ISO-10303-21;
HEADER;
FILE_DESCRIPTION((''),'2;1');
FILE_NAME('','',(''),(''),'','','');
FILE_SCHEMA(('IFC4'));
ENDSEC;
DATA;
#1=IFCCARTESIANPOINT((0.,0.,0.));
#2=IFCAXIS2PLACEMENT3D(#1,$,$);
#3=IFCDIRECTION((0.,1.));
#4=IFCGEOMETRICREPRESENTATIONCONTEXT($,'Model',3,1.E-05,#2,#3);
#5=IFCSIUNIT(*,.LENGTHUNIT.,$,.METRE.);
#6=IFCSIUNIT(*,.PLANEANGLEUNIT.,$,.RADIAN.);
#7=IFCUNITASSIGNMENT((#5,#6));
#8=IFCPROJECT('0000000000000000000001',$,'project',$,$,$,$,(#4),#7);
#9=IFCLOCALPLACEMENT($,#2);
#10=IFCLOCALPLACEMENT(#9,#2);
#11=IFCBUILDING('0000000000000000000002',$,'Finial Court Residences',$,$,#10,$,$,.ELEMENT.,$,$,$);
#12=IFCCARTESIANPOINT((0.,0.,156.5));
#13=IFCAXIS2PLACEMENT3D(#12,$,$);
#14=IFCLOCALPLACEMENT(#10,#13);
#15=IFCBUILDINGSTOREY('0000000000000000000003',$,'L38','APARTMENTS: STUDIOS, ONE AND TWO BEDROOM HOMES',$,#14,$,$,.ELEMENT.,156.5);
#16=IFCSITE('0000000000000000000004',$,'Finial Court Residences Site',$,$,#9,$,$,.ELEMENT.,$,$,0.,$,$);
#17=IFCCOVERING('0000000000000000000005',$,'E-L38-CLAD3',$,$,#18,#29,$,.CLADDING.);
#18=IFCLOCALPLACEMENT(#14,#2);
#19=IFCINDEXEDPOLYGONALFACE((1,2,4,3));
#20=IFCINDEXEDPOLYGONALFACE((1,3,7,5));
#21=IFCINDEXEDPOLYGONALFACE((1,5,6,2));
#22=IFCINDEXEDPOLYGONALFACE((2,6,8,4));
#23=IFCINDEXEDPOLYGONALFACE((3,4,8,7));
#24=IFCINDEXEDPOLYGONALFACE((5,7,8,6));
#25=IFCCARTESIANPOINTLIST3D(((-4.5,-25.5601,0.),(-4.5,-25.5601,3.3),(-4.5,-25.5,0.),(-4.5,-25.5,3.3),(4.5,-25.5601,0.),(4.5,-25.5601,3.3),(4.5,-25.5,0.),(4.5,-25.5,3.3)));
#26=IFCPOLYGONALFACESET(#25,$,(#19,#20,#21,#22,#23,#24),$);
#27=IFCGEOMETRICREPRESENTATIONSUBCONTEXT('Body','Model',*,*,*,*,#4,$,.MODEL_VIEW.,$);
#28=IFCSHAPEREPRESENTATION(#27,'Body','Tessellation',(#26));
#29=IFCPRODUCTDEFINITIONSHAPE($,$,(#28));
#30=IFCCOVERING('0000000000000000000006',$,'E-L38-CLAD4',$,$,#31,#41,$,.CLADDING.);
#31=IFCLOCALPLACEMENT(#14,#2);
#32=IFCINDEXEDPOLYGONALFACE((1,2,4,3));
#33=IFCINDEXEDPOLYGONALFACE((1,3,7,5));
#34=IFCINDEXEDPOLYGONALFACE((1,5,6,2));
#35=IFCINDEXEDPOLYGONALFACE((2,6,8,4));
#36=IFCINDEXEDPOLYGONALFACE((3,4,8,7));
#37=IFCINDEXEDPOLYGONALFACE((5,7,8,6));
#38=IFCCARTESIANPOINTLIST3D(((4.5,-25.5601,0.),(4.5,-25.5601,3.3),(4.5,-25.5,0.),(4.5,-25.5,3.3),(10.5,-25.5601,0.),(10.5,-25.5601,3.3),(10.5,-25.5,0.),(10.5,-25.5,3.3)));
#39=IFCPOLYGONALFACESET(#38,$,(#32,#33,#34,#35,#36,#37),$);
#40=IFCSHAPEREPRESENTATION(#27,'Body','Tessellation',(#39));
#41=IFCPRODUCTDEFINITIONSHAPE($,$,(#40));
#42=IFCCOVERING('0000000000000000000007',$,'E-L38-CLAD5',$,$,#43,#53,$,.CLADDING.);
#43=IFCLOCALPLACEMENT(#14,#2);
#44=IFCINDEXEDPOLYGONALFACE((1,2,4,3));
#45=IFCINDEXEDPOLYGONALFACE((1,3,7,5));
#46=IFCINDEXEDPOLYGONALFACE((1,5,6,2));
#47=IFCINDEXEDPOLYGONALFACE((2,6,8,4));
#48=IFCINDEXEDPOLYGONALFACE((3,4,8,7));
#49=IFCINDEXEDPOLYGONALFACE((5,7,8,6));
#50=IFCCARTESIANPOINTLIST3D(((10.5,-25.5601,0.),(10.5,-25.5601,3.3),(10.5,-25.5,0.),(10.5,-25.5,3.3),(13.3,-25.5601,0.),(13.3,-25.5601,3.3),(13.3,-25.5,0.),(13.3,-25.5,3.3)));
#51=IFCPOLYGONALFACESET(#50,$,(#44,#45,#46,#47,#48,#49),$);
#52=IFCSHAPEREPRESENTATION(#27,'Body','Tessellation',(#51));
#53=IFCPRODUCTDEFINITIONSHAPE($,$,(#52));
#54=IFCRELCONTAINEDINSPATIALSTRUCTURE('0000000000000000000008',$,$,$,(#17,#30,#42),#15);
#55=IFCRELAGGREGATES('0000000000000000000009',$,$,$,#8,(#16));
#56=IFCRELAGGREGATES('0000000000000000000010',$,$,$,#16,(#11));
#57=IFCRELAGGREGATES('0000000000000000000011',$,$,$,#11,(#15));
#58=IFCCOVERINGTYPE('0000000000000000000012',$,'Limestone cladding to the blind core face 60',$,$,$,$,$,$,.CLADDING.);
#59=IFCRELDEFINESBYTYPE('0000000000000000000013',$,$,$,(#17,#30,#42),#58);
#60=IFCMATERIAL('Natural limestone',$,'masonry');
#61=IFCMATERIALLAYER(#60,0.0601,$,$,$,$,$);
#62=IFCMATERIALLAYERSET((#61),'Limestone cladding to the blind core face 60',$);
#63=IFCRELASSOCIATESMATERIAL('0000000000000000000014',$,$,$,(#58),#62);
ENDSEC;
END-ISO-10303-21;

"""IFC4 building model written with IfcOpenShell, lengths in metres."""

from ifc_helpers import new_model, si_unit, direction, frame, origin, place, context, subcontext, project, spatial, polyline, outline, extrude, material, layer, layer_set, type_object, element, save


model = new_model("IFC4")

# Units and contexts
model_context = context("Model", 3, precision=1e-05, world=origin(), true_north=direction((0.0, 1.0)))
body_context = subcontext(model_context, "Body", "Model", "MODEL_VIEW")
ifc_project = project(units=[si_unit("LENGTHUNIT", "METRE"), si_unit("PLANEANGLEUNIT", "RADIAN")], contexts=[model_context])

# Site, building, storey
site_placement = place(None, origin())
site = spatial("IfcSite", under=ifc_project, at=site_placement, Name="Finial Court Residences Site", CompositionType="ELEMENT", RefElevation=0.0)
building_placement = place(site_placement, origin())
building = spatial("IfcBuilding", under=site, at=building_placement, Name="Finial Court Residences", CompositionType="ELEMENT")
storey_placement = place(building_placement, frame((0.0, 0.0, 156.5)))
storey = spatial("IfcBuildingStorey", under=building, at=storey_placement, Name="L38", Description="APARTMENTS: STUDIOS, ONE AND TWO BEDROOM HOMES", CompositionType="ELEMENT", Elevation=156.5)

# Coverings
ifc_material_1 = material(Name="Natural limestone", Category="masonry")
ifc_layer_1 = layer(ifc_material_1, 0.0601)
ifc_layer_set_1 = layer_set([ifc_layer_1], Name="Limestone cladding to the blind core face 60")
covering_type = type_object("IfcCoveringType", Name="Limestone cladding to the blind core face 60", PredefinedType="CLADDING", material=ifc_layer_set_1)
covering_1_placement = place(storey_placement, origin())
element("IfcCovering", 1, at=covering_1_placement, inside=storey, type_object=covering_type, Name="E-L38-CLAD3", PredefinedType="CLADDING", context=body_context, shape_type="SweptSolid", body=[
    extrude(outline(polyline([(4.5, -25.5601), (4.5, -25.5), (-4.5, -25.5), (-4.5, -25.5601), (4.5, -25.5601)])), origin(), (0.0, 0.0, 1.0), 3.3),
])
covering_2_placement = place(storey_placement, origin())
element("IfcCovering", 2, at=covering_2_placement, inside=storey, type_object=covering_type, Name="E-L38-CLAD4", PredefinedType="CLADDING", context=body_context, shape_type="SweptSolid", body=[
    extrude(outline(polyline([(10.5, -25.5601), (10.5, -25.5), (4.5, -25.5), (4.5, -25.5601), (10.5, -25.5601)])), origin(), (0.0, 0.0, 1.0), 3.3),
])
covering_3_placement = place(storey_placement, origin())
element("IfcCovering", 3, at=covering_3_placement, inside=storey, type_object=covering_type, Name="E-L38-CLAD5", PredefinedType="CLADDING", context=body_context, shape_type="SweptSolid", body=[
    extrude(outline(polyline([(13.3, -25.5601), (13.3, -25.5), (10.5, -25.5), (10.5, -25.5601), (13.3, -25.5601)])), origin(), (0.0, 0.0, 1.0), 3.3),
])

save(model, "model.ifc")
